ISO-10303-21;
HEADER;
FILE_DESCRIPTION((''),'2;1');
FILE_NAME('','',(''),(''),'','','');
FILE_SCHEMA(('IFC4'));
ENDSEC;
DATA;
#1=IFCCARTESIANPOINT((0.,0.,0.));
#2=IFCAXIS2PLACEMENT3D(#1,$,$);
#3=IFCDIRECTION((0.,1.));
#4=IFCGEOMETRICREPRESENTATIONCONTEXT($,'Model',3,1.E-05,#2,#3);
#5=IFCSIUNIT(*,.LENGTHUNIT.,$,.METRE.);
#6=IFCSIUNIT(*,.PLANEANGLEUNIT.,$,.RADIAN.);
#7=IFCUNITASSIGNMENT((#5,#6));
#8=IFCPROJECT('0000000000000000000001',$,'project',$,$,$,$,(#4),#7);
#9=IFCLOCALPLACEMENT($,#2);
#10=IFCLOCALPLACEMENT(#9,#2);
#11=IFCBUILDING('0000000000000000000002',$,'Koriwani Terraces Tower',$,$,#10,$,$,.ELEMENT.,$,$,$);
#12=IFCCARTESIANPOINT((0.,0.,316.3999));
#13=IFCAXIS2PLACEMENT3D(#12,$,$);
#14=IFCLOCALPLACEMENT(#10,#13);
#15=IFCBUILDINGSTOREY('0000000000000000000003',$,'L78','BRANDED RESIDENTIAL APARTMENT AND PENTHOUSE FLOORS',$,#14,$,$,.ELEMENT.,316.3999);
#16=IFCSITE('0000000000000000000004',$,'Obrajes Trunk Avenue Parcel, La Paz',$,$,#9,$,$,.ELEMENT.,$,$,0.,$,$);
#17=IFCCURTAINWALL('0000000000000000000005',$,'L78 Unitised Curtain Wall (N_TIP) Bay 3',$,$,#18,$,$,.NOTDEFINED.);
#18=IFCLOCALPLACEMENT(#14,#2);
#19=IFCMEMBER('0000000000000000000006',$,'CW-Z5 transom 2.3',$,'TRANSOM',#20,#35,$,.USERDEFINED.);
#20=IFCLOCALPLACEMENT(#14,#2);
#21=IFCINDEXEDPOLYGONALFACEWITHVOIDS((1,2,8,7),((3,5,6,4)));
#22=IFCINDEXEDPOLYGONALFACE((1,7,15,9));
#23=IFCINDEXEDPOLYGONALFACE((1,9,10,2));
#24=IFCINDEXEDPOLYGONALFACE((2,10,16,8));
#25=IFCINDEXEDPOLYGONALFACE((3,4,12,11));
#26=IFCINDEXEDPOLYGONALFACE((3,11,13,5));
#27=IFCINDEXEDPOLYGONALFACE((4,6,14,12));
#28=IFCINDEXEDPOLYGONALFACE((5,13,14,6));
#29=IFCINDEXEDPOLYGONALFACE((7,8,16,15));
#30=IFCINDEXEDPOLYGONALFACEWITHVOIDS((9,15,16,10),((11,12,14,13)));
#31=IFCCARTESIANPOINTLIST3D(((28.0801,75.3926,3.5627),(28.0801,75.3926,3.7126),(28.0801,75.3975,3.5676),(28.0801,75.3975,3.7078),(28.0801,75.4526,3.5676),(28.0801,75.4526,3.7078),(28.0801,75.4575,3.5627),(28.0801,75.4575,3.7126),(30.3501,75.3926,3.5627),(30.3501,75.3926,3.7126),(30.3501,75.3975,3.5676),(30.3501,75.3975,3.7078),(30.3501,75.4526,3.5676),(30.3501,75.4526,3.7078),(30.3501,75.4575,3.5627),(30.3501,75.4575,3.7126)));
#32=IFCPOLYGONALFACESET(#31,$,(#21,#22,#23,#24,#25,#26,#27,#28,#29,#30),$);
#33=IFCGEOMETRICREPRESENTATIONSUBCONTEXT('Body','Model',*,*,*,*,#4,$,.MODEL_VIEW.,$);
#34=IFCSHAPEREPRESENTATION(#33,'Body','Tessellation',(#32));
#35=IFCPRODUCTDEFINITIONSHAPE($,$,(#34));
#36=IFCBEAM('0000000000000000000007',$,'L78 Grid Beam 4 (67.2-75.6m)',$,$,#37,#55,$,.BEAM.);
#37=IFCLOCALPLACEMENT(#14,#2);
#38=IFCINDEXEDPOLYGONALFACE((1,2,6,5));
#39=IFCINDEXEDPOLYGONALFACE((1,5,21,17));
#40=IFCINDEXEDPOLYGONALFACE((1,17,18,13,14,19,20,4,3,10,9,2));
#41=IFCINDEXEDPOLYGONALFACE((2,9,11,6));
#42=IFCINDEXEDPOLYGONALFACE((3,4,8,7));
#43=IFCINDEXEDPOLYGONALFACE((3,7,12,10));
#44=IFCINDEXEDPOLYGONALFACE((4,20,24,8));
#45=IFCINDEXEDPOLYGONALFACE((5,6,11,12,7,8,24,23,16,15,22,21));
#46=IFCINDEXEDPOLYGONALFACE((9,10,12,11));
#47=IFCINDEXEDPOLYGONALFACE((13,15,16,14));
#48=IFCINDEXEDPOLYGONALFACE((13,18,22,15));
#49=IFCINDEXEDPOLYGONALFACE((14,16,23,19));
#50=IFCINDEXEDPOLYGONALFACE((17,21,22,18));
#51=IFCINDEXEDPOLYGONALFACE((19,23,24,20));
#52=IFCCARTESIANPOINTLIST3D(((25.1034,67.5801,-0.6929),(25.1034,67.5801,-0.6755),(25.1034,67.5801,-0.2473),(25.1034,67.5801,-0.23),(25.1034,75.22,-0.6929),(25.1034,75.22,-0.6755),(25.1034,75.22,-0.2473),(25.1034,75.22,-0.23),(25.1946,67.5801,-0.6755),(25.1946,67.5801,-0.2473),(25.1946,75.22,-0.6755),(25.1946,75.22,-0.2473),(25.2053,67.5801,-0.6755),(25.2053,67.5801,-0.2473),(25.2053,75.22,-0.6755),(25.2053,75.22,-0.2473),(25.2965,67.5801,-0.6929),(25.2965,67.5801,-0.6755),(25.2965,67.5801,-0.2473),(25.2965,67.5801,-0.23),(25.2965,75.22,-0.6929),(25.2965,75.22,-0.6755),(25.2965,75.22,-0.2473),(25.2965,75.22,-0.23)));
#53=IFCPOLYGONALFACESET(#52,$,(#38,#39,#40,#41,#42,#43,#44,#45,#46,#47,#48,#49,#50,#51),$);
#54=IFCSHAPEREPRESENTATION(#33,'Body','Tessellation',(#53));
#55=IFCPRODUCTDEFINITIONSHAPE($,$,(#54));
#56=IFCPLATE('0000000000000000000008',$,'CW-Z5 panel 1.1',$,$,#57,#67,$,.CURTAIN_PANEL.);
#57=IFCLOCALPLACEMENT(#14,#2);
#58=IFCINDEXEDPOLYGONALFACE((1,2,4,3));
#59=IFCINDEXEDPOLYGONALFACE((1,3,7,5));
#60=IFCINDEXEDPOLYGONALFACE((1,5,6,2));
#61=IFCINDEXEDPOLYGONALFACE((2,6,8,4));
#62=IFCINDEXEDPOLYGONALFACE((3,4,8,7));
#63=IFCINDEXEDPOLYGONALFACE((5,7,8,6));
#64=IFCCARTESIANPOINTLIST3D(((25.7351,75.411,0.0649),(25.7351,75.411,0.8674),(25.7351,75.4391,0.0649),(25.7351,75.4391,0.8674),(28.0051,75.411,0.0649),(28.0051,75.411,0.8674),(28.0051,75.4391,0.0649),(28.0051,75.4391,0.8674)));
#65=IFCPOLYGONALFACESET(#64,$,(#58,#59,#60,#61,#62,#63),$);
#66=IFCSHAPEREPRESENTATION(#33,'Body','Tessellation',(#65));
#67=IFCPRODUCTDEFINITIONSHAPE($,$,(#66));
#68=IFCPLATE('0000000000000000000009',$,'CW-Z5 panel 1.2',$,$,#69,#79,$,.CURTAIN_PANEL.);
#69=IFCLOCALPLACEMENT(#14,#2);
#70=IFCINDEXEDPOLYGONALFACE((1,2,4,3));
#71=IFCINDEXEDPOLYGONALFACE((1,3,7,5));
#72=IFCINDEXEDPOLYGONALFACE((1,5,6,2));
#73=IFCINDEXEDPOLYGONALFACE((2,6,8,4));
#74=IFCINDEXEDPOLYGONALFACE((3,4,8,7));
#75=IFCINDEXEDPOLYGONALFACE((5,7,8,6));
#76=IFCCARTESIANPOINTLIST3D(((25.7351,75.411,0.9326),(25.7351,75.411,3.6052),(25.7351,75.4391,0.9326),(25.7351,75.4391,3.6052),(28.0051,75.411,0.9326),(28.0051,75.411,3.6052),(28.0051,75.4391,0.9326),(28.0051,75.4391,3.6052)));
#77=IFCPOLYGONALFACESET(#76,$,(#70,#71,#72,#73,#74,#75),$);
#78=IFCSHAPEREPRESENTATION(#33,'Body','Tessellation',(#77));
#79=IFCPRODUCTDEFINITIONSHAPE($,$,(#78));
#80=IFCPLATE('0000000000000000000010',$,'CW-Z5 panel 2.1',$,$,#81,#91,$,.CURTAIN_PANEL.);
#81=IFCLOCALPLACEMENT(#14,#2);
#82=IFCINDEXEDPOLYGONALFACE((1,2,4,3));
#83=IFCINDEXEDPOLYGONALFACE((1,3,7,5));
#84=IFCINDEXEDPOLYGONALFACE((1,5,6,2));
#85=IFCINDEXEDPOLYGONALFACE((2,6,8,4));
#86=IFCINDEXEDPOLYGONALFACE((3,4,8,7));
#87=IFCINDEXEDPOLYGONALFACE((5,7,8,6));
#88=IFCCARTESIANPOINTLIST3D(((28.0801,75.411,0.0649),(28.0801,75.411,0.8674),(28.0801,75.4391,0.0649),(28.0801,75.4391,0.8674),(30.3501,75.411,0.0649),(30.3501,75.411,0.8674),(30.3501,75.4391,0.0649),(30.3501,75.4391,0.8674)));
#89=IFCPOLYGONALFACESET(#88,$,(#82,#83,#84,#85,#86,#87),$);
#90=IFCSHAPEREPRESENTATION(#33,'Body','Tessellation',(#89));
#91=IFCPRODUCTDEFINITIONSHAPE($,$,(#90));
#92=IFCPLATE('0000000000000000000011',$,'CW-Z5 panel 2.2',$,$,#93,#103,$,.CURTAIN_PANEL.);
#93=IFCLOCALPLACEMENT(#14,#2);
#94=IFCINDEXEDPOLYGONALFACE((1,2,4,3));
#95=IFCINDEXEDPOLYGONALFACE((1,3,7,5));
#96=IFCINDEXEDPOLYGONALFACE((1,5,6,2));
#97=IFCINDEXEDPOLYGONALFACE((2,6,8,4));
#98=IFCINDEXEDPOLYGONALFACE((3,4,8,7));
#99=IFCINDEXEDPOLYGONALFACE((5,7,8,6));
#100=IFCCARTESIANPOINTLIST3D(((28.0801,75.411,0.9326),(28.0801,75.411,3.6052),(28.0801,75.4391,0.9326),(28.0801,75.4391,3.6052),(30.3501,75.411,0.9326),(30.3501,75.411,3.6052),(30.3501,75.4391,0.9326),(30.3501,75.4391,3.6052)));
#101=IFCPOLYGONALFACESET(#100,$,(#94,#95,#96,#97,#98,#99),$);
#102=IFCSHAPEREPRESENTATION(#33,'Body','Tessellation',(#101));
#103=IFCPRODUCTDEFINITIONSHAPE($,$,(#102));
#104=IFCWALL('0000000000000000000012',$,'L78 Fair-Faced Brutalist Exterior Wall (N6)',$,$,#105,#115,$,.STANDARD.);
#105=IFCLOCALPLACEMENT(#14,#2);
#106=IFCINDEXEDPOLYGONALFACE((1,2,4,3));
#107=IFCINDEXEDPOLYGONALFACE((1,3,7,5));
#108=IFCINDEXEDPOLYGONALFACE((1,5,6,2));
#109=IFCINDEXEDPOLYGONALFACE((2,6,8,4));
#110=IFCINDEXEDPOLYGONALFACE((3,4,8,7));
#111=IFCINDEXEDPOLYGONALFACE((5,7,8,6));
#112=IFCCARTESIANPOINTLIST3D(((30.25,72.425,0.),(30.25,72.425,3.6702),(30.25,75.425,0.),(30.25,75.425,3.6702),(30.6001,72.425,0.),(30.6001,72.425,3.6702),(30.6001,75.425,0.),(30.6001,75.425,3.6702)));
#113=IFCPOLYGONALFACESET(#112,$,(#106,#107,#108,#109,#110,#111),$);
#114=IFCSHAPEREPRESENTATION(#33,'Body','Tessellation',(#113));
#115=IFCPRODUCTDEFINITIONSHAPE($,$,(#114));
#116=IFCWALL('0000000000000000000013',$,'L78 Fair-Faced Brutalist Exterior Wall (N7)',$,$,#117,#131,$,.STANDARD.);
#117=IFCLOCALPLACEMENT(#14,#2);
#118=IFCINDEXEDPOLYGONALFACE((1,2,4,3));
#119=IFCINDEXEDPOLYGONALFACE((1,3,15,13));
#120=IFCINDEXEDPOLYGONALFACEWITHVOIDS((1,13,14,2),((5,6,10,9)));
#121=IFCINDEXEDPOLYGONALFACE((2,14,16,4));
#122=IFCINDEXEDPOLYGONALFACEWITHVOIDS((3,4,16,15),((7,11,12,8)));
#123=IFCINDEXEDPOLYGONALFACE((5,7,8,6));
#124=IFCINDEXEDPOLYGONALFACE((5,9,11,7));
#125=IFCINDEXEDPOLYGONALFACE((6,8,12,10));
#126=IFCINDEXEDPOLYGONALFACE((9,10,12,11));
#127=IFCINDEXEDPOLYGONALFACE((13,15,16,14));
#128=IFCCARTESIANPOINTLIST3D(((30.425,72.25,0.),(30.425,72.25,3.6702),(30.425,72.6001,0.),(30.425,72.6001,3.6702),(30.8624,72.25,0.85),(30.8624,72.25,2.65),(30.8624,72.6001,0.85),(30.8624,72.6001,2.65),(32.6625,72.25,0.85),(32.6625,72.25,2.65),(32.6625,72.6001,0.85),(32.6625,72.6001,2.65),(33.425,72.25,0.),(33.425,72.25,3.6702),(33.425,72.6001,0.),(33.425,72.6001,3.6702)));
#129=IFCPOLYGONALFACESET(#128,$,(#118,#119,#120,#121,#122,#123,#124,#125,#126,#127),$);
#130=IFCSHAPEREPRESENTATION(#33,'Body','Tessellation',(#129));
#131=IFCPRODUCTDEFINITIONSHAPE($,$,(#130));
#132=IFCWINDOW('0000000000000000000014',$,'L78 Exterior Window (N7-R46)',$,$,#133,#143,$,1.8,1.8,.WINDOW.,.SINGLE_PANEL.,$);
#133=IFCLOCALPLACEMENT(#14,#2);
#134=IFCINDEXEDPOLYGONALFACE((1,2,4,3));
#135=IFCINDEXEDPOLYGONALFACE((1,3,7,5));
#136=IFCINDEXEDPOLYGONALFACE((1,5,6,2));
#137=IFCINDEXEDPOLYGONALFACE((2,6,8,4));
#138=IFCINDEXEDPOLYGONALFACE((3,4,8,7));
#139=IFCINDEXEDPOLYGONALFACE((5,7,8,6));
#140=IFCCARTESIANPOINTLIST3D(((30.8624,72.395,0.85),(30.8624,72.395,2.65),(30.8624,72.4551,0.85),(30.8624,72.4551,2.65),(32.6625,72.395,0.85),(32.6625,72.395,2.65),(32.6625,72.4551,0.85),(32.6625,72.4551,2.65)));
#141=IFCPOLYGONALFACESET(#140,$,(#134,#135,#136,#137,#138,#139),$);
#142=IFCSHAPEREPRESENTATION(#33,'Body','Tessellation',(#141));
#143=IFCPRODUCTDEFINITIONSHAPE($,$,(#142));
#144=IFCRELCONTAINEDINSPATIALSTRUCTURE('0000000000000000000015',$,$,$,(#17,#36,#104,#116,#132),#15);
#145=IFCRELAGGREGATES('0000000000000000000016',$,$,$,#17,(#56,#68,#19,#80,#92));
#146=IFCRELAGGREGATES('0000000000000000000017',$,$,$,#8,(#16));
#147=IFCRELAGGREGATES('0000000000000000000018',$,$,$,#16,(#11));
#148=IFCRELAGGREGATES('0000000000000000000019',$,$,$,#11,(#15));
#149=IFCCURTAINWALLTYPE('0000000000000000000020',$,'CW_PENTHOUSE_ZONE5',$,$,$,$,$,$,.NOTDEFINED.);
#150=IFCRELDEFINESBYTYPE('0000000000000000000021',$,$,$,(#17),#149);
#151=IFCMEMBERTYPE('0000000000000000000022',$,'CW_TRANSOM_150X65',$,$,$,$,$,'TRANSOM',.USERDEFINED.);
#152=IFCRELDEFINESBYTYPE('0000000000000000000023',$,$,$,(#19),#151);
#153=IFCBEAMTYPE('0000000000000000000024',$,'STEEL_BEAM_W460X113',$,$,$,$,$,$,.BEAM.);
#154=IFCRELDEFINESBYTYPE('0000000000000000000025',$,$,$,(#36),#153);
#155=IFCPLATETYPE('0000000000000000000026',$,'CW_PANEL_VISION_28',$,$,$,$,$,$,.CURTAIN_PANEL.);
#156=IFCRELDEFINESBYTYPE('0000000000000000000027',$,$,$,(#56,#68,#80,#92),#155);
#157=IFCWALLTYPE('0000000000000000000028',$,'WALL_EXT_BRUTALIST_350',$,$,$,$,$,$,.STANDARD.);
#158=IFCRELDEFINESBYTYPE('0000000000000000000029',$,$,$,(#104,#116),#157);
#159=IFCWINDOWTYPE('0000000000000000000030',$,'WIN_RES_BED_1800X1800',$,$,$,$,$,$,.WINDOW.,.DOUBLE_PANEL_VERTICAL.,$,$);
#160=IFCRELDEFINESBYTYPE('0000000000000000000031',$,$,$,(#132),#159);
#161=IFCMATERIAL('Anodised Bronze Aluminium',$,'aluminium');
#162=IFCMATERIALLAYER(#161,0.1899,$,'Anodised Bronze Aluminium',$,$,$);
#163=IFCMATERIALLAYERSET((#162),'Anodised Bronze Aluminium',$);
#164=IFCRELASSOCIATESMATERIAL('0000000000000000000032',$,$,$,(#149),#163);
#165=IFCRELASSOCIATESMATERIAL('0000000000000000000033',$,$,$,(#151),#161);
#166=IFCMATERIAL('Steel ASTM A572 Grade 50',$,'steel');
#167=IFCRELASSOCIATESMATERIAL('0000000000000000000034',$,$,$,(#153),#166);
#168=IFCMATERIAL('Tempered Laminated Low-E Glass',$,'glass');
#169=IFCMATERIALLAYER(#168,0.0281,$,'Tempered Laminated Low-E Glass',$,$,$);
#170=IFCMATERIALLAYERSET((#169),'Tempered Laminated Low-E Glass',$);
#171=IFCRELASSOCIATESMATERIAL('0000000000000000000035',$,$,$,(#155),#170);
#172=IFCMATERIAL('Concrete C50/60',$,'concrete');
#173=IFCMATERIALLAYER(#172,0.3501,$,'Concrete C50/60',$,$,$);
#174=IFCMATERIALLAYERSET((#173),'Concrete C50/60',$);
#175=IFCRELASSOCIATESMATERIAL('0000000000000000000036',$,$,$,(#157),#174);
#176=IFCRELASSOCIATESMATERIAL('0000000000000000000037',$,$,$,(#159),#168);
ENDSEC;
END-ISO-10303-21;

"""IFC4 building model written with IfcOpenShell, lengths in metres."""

from ifc_helpers import new_model, si_unit, direction, frame, frame_2d, origin, origin_2d, place, context, subcontext, project, spatial, rectangle, hollow_rectangle, i_section, extrude, material, layer, layer_set, material_profile, profile_set, type_object, element, fill, aggregate, save


model = new_model("IFC4")

# Units and contexts
model_context = context("Model", 3, precision=1e-05, world=origin(), true_north=direction((0.0, 1.0)))
body_context = subcontext(model_context, "Body", "Model", "MODEL_VIEW")
ifc_project = project(units=[si_unit("LENGTHUNIT", "METRE"), si_unit("PLANEANGLEUNIT", "RADIAN")], contexts=[model_context])

# Site, building, storey
site_placement = place(None, origin())
site = spatial("IfcSite", under=ifc_project, at=site_placement, Name="Obrajes Trunk Avenue Parcel, La Paz", CompositionType="ELEMENT", RefElevation=0.0)
building_placement = place(site_placement, origin())
building = spatial("IfcBuilding", under=site, at=building_placement, Name="Koriwani Terraces Tower", CompositionType="ELEMENT")
storey_placement = place(building_placement, frame((0.0, 0.0, 316.3999)))
storey = spatial("IfcBuildingStorey", under=building, at=storey_placement, Name="L78", Description="BRANDED RESIDENTIAL APARTMENT AND PENTHOUSE FLOORS", CompositionType="ELEMENT", Elevation=316.3999)

# Shared definitions
ifc_material_1 = material(Name="Concrete C50/60", Category="concrete")

# Curtain wall, member
ifc_material_2 = material(Name="Anodised Bronze Aluminium", Category="aluminium")
ifc_layer_1 = layer(ifc_material_2, 0.1899, Name="Anodised Bronze Aluminium")
ifc_layer_set_1 = layer_set([ifc_layer_1], Name="Anodised Bronze Aluminium")
curtain_wall_type = type_object("IfcCurtainWallType", Name="CW_PENTHOUSE_ZONE5", PredefinedType="NOTDEFINED", material=ifc_layer_set_1)
curtain_wall_placement = place(storey_placement, origin())
curtain_wall = element("IfcCurtainWall", 1, at=curtain_wall_placement, inside=storey, type_object=curtain_wall_type, Name="L78 Unitised Curtain Wall (N_TIP) Bay 3", PredefinedType="NOTDEFINED")
ifc_material_profile_1 = material_profile(ifc_material_2, hollow_rectangle(XDim=0.0649, YDim=0.1499, WallThickness=0.0049, at=origin_2d()), Name="Anodised Bronze Aluminium", Category="LoadBearing")
ifc_profile_set_1 = profile_set([ifc_material_profile_1], Name="Anodised Bronze Aluminium")
member_type_1 = type_object("IfcMemberType", Name="CW_TRANSOM_150X65", ElementType="TRANSOM", PredefinedType="USERDEFINED", material=ifc_profile_set_1)
member_1_placement = place(storey_placement, frame((28.0801, 75.425, 3.6377), z_axis=(1.0, 0.0, 0.0), x_axis=(0.0, 1.0, 0.0)))
member_1 = element("IfcMember", 2, at=member_1_placement, type_object=member_type_1, Name="CW-Z5 transom 2.3", ObjectType="TRANSOM", PredefinedType="USERDEFINED", context=body_context, shape_type="SweptSolid", body=[
    extrude(hollow_rectangle(XDim=0.0649, YDim=0.1499, WallThickness=0.0049, at=origin_2d()), origin(), (0.0, 0.0, 1.0), 2.27),
])

# Beam
ifc_material_3 = material(Name="Steel ASTM A572 Grade 50", Category="steel")
ifc_material_profile_2 = material_profile(ifc_material_3, i_section(OverallWidth=0.1931, OverallDepth=0.4629, WebThickness=0.0107, FlangeThickness=0.0173, at=origin_2d()), Name="Steel ASTM A572 Grade 50", Category="LoadBearing")
ifc_profile_set_2 = profile_set([ifc_material_profile_2], Name="Steel ASTM A572 Grade 50")
beam_type_1 = type_object("IfcBeamType", Name="STEEL_BEAM_W460X113", PredefinedType="BEAM", material=ifc_profile_set_2)
beam_1_placement = place(storey_placement, frame((25.2, 67.5801, -0.4614), z_axis=(0.0, 1.0, 0.0), x_axis=(-1.0, 0.0, 0.0)))
element("IfcBeam", 3, at=beam_1_placement, inside=storey, type_object=beam_type_1, Name="L78 Grid Beam 4 (67.2-75.6m)", PredefinedType="BEAM", context=body_context, shape_type="SweptSolid", body=[
    extrude(i_section(OverallWidth=0.1931, OverallDepth=0.4629, WebThickness=0.0107, FlangeThickness=0.0173, at=origin_2d()), origin(), (0.0, 0.0, 1.0), 7.6399),
])

# Plates
ifc_material_4 = material(Name="Tempered Laminated Low-E Glass", Category="glass")
ifc_layer_2 = layer(ifc_material_4, 0.0281, Name="Tempered Laminated Low-E Glass")
ifc_layer_set_2 = layer_set([ifc_layer_2], Name="Tempered Laminated Low-E Glass")
plate_type = type_object("IfcPlateType", Name="CW_PANEL_VISION_28", PredefinedType="CURTAIN_PANEL", material=ifc_layer_set_2)
plate_1_placement = place(storey_placement, frame((26.8701, 75.425, 0.0649), z_axis=(0.0, 0.0, 1.0), x_axis=(1.0, 0.0, 0.0)))
plate_1 = element("IfcPlate", 4, at=plate_1_placement, type_object=plate_type, Name="CW-Z5 panel 1.1", PredefinedType="CURTAIN_PANEL", context=body_context, shape_type="SweptSolid", body=[
    extrude(rectangle(XDim=2.27, YDim=0.0281, at=origin_2d()), origin(), (0.0, 0.0, 1.0), 0.8025),
])
plate_2_placement = place(storey_placement, frame((26.8701, 75.425, 0.9326), z_axis=(0.0, 0.0, 1.0), x_axis=(1.0, 0.0, 0.0)))
plate_2 = element("IfcPlate", 5, at=plate_2_placement, type_object=plate_type, Name="CW-Z5 panel 1.2", PredefinedType="CURTAIN_PANEL", context=body_context, shape_type="SweptSolid", body=[
    extrude(rectangle(XDim=2.27, YDim=0.0281, at=origin_2d()), origin(), (0.0, 0.0, 1.0), 2.6726),
])
plate_3_placement = place(storey_placement, frame((29.2151, 75.425, 0.0649), z_axis=(0.0, 0.0, 1.0), x_axis=(1.0, 0.0, 0.0)))
plate_3 = element("IfcPlate", 6, at=plate_3_placement, type_object=plate_type, Name="CW-Z5 panel 2.1", PredefinedType="CURTAIN_PANEL", context=body_context, shape_type="SweptSolid", body=[
    extrude(rectangle(XDim=2.27, YDim=0.0281, at=origin_2d()), origin(), (0.0, 0.0, 1.0), 0.8025),
])
plate_4_placement = place(storey_placement, frame((29.2151, 75.425, 0.9326), z_axis=(0.0, 0.0, 1.0), x_axis=(1.0, 0.0, 0.0)))
plate_4 = element("IfcPlate", 7, at=plate_4_placement, type_object=plate_type, Name="CW-Z5 panel 2.2", PredefinedType="CURTAIN_PANEL", context=body_context, shape_type="SweptSolid", body=[
    extrude(rectangle(XDim=2.27, YDim=0.0281, at=origin_2d()), origin(), (0.0, 0.0, 1.0), 2.6726),
])
aggregate(curtain_wall, [plate_1, plate_2, member_1, plate_3, plate_4])

# Wall
ifc_layer_3 = layer(ifc_material_1, 0.3501, Name="Concrete C50/60")
ifc_layer_set_3 = layer_set([ifc_layer_3], Name="Concrete C50/60")
wall_type = type_object("IfcWallType", Name="WALL_EXT_BRUTALIST_350", PredefinedType="STANDARD", material=ifc_layer_set_3)
wall_1_placement = place(storey_placement, frame((30.425, 75.425, 0.0), z_axis=(0.0, 0.0, 1.0), x_axis=(0.0, -1.0, 0.0)))
element("IfcWall", 8, at=wall_1_placement, inside=storey, type_object=wall_type, Name="L78 Fair-Faced Brutalist Exterior Wall (N6)", PredefinedType="STANDARD", context=body_context, shape_type="SweptSolid", body=[
    extrude(rectangle(XDim=3.0, YDim=0.3501, at=frame_2d((1.5, 0.0))), origin(), (0.0, 0.0, 1.0), 3.6702),
])

# Wall, opening, window
wall_2_placement = place(storey_placement, frame((30.425, 72.425, 0.0), z_axis=(0.0, 0.0, 1.0), x_axis=(1.0, 0.0, 0.0)))
wall_2 = element("IfcWall", 9, at=wall_2_placement, inside=storey, type_object=wall_type, Name="L78 Fair-Faced Brutalist Exterior Wall (N7)", PredefinedType="STANDARD", context=body_context, shape_type="SweptSolid", body=[
    extrude(rectangle(XDim=3.0, YDim=0.3501, at=frame_2d((1.5, 0.0))), origin(), (0.0, 0.0, 1.0), 3.6702),
])
opening_1_placement = place(wall_2_placement, frame((0.4375, 0.0, 0.8501)))
opening_1 = element("IfcOpeningElement", 10, at=opening_1_placement, cuts=wall_2, PredefinedType="OPENING", context=body_context, shape_type="SweptSolid", body=[
    extrude(rectangle(XDim=1.8, YDim=1.8, at=frame_2d((0.8999, 0.8999))), frame((0.0, 0.1851, 0.0), z_axis=(0.0, -1.0, 0.0), x_axis=(1.0, 0.0, 0.0)), (0.0, 0.0, 1.0), 0.3701),
])
window_type_1 = type_object("IfcWindowType", Name="WIN_RES_BED_1800X1800", PartitioningType="DOUBLE_PANEL_VERTICAL", PredefinedType="WINDOW", material=ifc_material_4)
window_1_placement = place(opening_1_placement, origin())
window_1 = element("IfcWindow", 11, at=window_1_placement, inside=storey, type_object=window_type_1, Name="L78 Exterior Window (N7-R46)", OverallHeight=1.8, OverallWidth=1.8, PartitioningType="SINGLE_PANEL", PredefinedType="WINDOW", context=body_context, shape_type="SweptSolid", body=[
    extrude(rectangle(XDim=1.8, YDim=1.8, at=frame_2d((0.8999, 0.8999))), frame((0.0, 0.03, 0.0), z_axis=(0.0, -1.0, 0.0), x_axis=(1.0, 0.0, 0.0)), (0.0, 0.0, 1.0), 0.0601),
])
fill(opening_1, window_1)

save(model, "model.ifc")
